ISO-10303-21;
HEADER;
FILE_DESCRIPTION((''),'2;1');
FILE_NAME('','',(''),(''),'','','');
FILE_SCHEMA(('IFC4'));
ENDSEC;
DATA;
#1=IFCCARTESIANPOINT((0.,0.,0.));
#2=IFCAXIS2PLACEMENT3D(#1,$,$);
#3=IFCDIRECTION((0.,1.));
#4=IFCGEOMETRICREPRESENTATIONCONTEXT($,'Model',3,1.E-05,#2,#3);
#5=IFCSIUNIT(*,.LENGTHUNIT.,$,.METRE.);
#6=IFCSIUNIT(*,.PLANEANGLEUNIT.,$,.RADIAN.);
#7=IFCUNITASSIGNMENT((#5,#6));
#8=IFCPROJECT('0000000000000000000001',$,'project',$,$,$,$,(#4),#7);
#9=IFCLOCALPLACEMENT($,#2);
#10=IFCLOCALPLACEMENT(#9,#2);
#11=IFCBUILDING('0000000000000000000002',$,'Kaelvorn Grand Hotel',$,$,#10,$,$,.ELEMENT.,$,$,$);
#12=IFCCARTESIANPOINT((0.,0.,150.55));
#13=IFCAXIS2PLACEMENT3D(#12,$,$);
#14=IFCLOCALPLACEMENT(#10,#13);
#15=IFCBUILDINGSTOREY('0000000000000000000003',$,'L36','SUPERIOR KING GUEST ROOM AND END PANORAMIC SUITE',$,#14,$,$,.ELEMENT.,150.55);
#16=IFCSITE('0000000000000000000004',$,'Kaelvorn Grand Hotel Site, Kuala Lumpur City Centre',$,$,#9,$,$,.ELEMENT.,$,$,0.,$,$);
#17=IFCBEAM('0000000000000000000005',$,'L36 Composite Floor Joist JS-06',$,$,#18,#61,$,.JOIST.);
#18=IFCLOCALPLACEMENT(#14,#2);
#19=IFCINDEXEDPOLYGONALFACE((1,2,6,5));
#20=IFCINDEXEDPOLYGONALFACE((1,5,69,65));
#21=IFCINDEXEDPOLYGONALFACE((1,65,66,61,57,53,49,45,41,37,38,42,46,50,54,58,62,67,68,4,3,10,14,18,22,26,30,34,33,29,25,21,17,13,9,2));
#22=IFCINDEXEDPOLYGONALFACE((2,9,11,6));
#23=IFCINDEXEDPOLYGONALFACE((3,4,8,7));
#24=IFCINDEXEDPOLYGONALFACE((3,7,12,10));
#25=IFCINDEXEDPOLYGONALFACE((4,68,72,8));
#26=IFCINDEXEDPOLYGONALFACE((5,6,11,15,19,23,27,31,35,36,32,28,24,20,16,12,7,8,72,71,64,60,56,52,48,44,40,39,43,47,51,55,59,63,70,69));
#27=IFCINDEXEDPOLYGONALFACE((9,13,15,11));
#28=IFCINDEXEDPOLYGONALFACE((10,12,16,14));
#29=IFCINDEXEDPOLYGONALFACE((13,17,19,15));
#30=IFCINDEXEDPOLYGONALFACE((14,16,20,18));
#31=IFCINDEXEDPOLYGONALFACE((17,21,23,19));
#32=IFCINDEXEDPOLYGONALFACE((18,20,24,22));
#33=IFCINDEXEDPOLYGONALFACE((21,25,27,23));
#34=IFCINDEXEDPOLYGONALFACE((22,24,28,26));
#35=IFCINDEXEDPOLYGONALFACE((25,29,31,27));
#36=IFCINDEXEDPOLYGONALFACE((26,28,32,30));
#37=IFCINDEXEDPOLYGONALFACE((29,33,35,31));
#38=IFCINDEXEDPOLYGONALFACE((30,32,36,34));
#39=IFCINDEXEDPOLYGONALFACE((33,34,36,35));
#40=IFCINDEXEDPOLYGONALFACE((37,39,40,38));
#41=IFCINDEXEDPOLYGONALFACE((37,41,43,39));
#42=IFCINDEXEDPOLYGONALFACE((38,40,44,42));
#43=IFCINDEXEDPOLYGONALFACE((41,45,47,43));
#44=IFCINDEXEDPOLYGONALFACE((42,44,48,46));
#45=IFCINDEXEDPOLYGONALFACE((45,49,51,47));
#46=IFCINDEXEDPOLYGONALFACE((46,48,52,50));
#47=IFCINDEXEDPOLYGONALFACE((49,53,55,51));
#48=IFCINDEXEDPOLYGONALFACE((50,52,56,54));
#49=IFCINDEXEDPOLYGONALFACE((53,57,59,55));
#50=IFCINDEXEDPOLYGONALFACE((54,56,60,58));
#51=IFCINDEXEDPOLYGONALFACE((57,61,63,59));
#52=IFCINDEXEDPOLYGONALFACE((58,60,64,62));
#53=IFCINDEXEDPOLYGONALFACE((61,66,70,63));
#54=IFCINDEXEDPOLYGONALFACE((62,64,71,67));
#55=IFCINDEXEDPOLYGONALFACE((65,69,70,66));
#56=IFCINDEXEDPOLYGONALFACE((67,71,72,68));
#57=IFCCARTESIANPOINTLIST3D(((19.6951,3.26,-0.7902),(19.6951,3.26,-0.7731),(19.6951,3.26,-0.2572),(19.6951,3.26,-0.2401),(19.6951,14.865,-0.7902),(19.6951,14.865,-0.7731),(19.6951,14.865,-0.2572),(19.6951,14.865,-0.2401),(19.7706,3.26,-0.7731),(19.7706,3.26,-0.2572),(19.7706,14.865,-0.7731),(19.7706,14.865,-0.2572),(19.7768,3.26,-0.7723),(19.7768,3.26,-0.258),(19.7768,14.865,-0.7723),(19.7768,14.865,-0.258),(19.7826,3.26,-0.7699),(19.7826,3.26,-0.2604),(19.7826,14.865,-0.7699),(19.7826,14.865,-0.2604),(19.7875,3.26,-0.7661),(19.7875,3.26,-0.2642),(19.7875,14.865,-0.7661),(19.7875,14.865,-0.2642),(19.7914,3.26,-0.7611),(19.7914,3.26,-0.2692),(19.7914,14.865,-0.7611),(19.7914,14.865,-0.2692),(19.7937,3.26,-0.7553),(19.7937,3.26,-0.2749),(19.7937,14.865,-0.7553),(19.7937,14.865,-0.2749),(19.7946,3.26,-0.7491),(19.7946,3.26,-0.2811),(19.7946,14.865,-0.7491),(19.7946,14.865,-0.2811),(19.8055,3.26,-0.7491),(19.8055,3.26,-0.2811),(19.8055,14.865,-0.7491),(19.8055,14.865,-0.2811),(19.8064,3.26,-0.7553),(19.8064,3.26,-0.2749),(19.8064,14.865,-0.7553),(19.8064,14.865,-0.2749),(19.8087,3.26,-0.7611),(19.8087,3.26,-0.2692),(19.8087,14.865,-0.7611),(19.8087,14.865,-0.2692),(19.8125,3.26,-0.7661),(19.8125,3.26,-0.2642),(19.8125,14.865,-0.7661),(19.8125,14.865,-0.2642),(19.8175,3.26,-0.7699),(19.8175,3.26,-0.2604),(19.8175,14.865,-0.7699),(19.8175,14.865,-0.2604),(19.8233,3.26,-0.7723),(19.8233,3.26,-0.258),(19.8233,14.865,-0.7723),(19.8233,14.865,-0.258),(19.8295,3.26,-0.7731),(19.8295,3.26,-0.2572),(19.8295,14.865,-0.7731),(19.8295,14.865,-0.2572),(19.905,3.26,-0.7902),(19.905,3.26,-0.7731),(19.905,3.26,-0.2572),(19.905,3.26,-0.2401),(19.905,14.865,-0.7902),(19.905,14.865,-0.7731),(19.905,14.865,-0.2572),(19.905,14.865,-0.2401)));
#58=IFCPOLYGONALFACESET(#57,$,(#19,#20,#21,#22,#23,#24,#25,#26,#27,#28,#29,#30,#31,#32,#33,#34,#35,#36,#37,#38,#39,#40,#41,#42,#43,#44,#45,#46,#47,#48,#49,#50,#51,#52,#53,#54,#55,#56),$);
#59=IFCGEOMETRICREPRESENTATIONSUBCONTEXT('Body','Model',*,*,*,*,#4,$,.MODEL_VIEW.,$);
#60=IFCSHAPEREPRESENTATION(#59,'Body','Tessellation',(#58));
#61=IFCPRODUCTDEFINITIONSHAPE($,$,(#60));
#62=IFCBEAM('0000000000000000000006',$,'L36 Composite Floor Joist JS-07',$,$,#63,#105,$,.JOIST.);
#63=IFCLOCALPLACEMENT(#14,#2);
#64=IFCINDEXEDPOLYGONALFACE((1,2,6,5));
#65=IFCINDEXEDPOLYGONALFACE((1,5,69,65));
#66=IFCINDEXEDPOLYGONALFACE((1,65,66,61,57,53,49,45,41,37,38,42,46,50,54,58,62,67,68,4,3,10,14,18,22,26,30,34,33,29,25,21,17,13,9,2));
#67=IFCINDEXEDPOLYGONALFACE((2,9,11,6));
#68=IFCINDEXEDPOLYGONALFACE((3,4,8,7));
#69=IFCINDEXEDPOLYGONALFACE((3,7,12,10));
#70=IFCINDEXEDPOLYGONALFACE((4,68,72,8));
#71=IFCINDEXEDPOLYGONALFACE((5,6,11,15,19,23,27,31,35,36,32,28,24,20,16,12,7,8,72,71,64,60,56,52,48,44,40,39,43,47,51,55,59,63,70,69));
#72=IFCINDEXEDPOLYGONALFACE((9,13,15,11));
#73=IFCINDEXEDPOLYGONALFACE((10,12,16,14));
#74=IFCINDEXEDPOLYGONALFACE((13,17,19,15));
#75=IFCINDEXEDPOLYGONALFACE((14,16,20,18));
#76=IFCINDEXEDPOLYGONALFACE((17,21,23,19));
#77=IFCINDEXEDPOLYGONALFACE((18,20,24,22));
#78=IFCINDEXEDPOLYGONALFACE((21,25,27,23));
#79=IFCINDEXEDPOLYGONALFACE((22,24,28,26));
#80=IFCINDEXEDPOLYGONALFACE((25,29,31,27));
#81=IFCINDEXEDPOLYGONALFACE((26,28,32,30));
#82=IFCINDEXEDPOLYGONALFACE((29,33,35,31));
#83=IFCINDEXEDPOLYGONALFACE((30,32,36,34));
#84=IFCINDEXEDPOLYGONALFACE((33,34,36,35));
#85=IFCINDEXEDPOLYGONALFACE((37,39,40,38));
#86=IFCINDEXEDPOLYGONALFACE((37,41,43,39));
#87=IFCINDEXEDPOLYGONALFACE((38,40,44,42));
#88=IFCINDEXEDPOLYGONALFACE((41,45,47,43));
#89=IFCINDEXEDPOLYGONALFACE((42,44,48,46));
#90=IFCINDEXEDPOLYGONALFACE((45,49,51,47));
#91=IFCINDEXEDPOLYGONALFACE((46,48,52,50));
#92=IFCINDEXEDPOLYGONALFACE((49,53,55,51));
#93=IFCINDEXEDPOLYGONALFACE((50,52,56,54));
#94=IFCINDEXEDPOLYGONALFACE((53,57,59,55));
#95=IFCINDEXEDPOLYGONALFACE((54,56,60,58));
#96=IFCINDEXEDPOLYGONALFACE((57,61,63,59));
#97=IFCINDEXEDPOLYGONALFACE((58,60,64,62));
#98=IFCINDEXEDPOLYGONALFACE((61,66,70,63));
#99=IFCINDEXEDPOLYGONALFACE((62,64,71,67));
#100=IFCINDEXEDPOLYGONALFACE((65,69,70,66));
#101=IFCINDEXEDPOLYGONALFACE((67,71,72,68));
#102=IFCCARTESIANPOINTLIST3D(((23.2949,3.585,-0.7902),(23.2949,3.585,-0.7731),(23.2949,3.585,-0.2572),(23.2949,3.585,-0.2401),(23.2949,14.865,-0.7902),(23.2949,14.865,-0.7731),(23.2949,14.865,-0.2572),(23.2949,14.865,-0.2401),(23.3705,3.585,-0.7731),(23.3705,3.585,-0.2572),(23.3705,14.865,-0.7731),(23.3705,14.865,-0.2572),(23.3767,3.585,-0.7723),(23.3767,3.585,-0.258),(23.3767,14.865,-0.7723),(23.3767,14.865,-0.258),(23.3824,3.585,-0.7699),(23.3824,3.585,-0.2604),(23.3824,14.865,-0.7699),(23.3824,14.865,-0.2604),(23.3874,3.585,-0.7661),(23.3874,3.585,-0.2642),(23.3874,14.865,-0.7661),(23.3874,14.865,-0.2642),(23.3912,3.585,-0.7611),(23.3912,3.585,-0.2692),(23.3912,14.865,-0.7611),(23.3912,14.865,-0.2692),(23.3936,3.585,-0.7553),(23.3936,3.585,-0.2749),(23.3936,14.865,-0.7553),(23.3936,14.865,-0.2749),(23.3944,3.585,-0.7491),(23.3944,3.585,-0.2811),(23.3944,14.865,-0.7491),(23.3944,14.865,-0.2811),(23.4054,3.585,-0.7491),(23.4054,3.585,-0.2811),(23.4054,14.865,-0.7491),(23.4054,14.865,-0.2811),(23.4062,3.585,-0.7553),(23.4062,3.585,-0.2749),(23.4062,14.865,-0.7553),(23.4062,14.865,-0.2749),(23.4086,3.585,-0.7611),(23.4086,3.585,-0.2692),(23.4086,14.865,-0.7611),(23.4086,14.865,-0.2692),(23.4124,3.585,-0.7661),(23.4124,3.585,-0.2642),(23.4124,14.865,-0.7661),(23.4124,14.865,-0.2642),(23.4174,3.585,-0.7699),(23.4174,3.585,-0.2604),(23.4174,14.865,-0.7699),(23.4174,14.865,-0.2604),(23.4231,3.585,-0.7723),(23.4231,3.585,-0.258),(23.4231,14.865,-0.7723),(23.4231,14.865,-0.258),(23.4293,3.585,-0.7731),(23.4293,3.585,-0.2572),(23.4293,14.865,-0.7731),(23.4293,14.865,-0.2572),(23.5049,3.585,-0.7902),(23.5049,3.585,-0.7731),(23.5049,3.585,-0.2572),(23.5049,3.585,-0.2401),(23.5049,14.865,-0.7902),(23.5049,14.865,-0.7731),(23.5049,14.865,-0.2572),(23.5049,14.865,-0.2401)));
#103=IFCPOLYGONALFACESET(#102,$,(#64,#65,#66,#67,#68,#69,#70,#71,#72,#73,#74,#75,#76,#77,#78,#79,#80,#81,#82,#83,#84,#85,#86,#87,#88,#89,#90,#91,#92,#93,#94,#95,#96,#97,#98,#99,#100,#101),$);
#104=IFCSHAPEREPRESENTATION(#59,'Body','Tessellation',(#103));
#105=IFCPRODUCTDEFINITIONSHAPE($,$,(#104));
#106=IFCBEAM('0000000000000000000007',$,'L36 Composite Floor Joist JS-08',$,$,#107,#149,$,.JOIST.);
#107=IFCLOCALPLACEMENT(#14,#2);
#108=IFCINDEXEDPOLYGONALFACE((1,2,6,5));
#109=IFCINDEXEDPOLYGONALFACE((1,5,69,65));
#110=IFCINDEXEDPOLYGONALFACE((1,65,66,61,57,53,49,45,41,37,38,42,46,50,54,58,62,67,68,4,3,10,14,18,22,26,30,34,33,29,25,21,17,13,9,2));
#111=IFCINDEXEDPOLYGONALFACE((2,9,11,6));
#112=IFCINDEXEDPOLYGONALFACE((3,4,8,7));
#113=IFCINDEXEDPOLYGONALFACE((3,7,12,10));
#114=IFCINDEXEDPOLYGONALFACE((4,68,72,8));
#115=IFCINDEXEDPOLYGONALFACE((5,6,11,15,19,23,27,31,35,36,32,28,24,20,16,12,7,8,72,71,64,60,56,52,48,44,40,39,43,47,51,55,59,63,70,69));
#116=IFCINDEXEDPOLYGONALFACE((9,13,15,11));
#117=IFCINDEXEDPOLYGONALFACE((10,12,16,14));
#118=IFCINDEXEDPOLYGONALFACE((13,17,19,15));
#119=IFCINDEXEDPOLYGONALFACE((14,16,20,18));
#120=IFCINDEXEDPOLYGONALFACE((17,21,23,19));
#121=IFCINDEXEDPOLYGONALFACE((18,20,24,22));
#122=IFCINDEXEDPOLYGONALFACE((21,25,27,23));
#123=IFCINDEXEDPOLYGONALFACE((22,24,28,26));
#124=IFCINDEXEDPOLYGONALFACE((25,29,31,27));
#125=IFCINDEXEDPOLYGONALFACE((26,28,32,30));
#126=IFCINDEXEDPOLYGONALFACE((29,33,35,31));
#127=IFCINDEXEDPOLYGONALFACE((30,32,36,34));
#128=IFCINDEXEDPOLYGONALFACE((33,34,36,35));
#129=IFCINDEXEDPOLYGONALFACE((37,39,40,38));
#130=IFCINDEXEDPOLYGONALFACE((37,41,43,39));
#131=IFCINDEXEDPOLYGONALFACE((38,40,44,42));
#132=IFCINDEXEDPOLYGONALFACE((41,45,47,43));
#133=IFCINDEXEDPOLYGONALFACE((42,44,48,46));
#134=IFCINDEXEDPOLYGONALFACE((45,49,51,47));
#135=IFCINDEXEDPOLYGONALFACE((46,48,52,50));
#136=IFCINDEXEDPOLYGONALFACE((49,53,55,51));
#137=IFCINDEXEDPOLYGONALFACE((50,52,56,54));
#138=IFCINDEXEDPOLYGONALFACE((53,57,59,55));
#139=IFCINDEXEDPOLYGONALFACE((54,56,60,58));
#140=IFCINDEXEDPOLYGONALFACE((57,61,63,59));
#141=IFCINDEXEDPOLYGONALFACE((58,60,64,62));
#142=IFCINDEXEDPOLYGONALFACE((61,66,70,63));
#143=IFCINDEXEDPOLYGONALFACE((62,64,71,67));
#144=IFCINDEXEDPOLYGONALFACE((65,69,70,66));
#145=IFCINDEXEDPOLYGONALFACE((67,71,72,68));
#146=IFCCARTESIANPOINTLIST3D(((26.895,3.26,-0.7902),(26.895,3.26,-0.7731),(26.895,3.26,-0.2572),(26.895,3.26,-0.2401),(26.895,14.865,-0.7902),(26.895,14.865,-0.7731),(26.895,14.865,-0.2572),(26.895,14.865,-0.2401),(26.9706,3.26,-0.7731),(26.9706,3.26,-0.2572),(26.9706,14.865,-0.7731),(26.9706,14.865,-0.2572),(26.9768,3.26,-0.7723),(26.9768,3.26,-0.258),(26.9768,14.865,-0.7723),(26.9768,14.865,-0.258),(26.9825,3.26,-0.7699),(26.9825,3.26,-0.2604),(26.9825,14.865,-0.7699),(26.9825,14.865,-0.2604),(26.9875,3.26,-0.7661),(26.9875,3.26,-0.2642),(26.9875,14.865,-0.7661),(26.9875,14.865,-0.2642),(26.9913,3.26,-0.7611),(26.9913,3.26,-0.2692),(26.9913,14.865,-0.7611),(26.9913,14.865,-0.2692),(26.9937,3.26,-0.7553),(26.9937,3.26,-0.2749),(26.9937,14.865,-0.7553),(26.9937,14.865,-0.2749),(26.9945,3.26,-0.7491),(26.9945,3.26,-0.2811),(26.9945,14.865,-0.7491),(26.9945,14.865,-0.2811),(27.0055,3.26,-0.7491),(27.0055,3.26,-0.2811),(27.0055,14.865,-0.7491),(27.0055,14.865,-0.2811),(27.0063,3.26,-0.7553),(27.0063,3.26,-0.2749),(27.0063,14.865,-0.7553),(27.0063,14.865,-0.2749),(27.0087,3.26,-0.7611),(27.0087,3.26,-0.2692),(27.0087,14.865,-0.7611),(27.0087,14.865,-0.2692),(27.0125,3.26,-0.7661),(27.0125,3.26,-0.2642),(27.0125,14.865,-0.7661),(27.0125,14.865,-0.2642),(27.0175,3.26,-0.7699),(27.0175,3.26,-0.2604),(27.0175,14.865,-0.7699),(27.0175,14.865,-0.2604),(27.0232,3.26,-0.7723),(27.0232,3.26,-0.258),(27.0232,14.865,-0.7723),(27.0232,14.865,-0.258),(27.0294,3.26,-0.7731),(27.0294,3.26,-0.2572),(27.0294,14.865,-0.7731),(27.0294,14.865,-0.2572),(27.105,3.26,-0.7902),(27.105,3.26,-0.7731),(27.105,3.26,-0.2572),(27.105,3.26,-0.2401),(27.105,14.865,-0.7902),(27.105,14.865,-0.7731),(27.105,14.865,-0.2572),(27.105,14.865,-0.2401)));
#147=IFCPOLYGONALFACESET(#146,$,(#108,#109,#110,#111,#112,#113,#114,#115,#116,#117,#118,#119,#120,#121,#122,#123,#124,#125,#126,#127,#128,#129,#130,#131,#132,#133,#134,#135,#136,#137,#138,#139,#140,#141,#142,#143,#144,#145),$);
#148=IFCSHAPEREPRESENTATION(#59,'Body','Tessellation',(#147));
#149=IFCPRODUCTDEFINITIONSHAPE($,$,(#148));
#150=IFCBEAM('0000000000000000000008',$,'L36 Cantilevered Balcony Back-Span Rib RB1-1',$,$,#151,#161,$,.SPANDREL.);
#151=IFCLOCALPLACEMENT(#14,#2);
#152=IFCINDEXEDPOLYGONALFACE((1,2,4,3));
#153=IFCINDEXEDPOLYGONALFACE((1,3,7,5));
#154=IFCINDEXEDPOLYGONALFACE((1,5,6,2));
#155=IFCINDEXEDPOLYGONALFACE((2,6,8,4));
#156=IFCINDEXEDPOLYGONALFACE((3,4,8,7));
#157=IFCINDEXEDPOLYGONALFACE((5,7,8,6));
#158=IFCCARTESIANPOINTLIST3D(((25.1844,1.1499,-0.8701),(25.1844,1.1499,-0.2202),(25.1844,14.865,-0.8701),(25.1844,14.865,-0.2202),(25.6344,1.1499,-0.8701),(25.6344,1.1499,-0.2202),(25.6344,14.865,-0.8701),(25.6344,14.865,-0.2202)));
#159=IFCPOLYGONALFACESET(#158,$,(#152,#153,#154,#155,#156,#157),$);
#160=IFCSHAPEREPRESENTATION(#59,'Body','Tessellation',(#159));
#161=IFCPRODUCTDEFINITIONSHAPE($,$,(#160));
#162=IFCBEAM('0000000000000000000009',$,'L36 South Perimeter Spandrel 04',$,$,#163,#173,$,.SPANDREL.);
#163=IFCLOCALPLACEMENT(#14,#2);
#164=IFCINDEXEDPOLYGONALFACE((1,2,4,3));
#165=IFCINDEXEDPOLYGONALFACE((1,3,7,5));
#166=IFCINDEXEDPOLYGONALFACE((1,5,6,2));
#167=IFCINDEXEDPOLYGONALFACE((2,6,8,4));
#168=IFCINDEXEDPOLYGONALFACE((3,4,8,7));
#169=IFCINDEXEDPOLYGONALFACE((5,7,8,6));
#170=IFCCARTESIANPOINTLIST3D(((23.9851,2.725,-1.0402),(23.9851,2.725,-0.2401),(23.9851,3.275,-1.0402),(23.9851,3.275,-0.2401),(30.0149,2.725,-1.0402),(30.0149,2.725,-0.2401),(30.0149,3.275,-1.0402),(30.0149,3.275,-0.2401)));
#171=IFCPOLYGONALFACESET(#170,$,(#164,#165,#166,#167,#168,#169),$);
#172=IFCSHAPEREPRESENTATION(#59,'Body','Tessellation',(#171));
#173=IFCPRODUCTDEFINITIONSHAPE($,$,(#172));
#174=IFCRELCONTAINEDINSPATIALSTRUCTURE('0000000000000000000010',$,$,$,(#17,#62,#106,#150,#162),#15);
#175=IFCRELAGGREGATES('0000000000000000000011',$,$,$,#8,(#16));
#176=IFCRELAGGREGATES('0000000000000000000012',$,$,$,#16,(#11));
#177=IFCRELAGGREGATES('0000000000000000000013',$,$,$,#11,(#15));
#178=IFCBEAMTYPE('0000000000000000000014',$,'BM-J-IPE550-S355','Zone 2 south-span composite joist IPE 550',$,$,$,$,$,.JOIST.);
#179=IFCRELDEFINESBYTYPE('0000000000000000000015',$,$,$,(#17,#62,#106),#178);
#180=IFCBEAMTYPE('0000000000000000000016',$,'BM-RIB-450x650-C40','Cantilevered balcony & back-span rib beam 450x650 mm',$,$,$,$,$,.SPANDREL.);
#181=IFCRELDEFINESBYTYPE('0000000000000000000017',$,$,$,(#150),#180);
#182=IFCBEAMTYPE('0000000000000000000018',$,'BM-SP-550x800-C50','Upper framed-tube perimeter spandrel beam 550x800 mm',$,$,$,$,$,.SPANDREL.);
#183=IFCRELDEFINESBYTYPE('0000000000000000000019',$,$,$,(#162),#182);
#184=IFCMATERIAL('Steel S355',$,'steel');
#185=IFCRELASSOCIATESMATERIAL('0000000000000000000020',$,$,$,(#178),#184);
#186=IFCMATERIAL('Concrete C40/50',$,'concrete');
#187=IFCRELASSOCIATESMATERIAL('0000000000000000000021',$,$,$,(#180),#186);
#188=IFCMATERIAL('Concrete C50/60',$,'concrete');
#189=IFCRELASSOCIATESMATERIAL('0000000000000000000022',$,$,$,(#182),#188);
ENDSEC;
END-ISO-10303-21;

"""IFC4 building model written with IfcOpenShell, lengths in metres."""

from ifc_helpers import new_model, si_unit, direction, frame, origin, origin_2d, place, context, subcontext, project, spatial, rectangle, i_section, extrude, material, material_profile, profile_set, type_object, element, save


model = new_model("IFC4")

# Units and contexts
model_context = context("Model", 3, precision=1e-05, world=origin(), true_north=direction((0.0, 1.0)))
body_context = subcontext(model_context, "Body", "Model", "MODEL_VIEW")
ifc_project = project(units=[si_unit("LENGTHUNIT", "METRE"), si_unit("PLANEANGLEUNIT", "RADIAN")], contexts=[model_context])

# Site, building, storey
site_placement = place(None, origin())
site = spatial("IfcSite", under=ifc_project, at=site_placement, Name="Kaelvorn Grand Hotel Site, Kuala Lumpur City Centre", CompositionType="ELEMENT", RefElevation=0.0)
building_placement = place(site_placement, origin())
building = spatial("IfcBuilding", under=site, at=building_placement, Name="Kaelvorn Grand Hotel", CompositionType="ELEMENT")
storey_placement = place(building_placement, frame((0.0, 0.0, 150.55)))
storey = spatial("IfcBuildingStorey", under=building, at=storey_placement, Name="L36", Description="SUPERIOR KING GUEST ROOM AND END PANORAMIC SUITE", CompositionType="ELEMENT", Elevation=150.55)

# Beams
ifc_material_1 = material(Name="Steel S355", Category="steel")
ifc_material_profile_1 = material_profile(ifc_material_1, i_section(OverallWidth=0.21, OverallDepth=0.55, WebThickness=0.011, FlangeThickness=0.0171, FilletRadius=0.0239, at=origin_2d()), Name="IPE 550")
ifc_profile_set_1 = profile_set([ifc_material_profile_1], Name="Steel S355")
beam_type_1 = type_object("IfcBeamType", Name="BM-J-IPE550-S355", Description="Zone 2 south-span composite joist IPE 550", PredefinedType="JOIST", material=ifc_profile_set_1)
beam_1_placement = place(storey_placement, frame((19.8, 3.26, -0.5151), z_axis=(0.0, 1.0, 0.0), x_axis=(-1.0, 0.0, 0.0)))
element("IfcBeam", 1, at=beam_1_placement, inside=storey, type_object=beam_type_1, Name="L36 Composite Floor Joist JS-06", PredefinedType="JOIST", context=body_context, shape_type="SweptSolid", body=[
    extrude(i_section(OverallWidth=0.21, OverallDepth=0.55, WebThickness=0.011, FlangeThickness=0.0171, FilletRadius=0.0239, at=origin_2d()), origin(), (0.0, 0.0, 1.0), 11.605),
])
beam_2_placement = place(storey_placement, frame((23.3999, 3.585, -0.5151), z_axis=(0.0, 1.0, 0.0), x_axis=(-1.0, 0.0, 0.0)))
element("IfcBeam", 2, at=beam_2_placement, inside=storey, type_object=beam_type_1, Name="L36 Composite Floor Joist JS-07", PredefinedType="JOIST", context=body_context, shape_type="SweptSolid", body=[
    extrude(i_section(OverallWidth=0.21, OverallDepth=0.55, WebThickness=0.011, FlangeThickness=0.0171, FilletRadius=0.0239, at=origin_2d()), origin(), (0.0, 0.0, 1.0), 11.28),
])
beam_3_placement = place(storey_placement, frame((27.0, 3.26, -0.5151), z_axis=(0.0, 1.0, 0.0), x_axis=(-1.0, 0.0, 0.0)))
element("IfcBeam", 3, at=beam_3_placement, inside=storey, type_object=beam_type_1, Name="L36 Composite Floor Joist JS-08", PredefinedType="JOIST", context=body_context, shape_type="SweptSolid", body=[
    extrude(i_section(OverallWidth=0.21, OverallDepth=0.55, WebThickness=0.011, FlangeThickness=0.0171, FilletRadius=0.0239, at=origin_2d()), origin(), (0.0, 0.0, 1.0), 11.605),
])
ifc_material_2 = material(Name="Concrete C40/50", Category="concrete")
ifc_material_profile_2 = material_profile(ifc_material_2, rectangle(XDim=0.45, YDim=0.6499, at=origin_2d()), Name="RC RIB 450x650")
ifc_profile_set_2 = profile_set([ifc_material_profile_2], Name="Concrete C40/50")
beam_type_2 = type_object("IfcBeamType", Name="BM-RIB-450x650-C40", Description="Cantilevered balcony & back-span rib beam 450x650 mm", PredefinedType="SPANDREL", material=ifc_profile_set_2)
beam_4_placement = place(storey_placement, frame((25.4094, 1.1499, -0.5452), z_axis=(0.0, 1.0, 0.0), x_axis=(-1.0, 0.0, 0.0)))
element("IfcBeam", 4, at=beam_4_placement, inside=storey, type_object=beam_type_2, Name="L36 Cantilevered Balcony Back-Span Rib RB1-1", PredefinedType="SPANDREL", context=body_context, shape_type="SweptSolid", body=[
    extrude(rectangle(XDim=0.45, YDim=0.6499, at=origin_2d()), origin(), (0.0, 0.0, 1.0), 13.7151),
])
ifc_material_3 = material(Name="Concrete C50/60", Category="concrete")
ifc_material_profile_3 = material_profile(ifc_material_3, rectangle(XDim=0.55, YDim=0.8, at=origin_2d()), Name="RC SPANDREL 550x800")
ifc_profile_set_3 = profile_set([ifc_material_profile_3], Name="Concrete C50/60")
beam_type_3 = type_object("IfcBeamType", Name="BM-SP-550x800-C50", Description="Upper framed-tube perimeter spandrel beam 550x800 mm", PredefinedType="SPANDREL", material=ifc_profile_set_3)
beam_5_placement = place(storey_placement, frame((23.9851, 3.0, -0.6401), z_axis=(1.0, 0.0, 0.0), x_axis=(0.0, 1.0, 0.0)))
element("IfcBeam", 5, at=beam_5_placement, inside=storey, type_object=beam_type_3, Name="L36 South Perimeter Spandrel 04", PredefinedType="SPANDREL", context=body_context, shape_type="SweptSolid", body=[
    extrude(rectangle(XDim=0.55, YDim=0.8, at=origin_2d()), origin(), (0.0, 0.0, 1.0), 6.0298),
])

save(model, "model.ifc")
